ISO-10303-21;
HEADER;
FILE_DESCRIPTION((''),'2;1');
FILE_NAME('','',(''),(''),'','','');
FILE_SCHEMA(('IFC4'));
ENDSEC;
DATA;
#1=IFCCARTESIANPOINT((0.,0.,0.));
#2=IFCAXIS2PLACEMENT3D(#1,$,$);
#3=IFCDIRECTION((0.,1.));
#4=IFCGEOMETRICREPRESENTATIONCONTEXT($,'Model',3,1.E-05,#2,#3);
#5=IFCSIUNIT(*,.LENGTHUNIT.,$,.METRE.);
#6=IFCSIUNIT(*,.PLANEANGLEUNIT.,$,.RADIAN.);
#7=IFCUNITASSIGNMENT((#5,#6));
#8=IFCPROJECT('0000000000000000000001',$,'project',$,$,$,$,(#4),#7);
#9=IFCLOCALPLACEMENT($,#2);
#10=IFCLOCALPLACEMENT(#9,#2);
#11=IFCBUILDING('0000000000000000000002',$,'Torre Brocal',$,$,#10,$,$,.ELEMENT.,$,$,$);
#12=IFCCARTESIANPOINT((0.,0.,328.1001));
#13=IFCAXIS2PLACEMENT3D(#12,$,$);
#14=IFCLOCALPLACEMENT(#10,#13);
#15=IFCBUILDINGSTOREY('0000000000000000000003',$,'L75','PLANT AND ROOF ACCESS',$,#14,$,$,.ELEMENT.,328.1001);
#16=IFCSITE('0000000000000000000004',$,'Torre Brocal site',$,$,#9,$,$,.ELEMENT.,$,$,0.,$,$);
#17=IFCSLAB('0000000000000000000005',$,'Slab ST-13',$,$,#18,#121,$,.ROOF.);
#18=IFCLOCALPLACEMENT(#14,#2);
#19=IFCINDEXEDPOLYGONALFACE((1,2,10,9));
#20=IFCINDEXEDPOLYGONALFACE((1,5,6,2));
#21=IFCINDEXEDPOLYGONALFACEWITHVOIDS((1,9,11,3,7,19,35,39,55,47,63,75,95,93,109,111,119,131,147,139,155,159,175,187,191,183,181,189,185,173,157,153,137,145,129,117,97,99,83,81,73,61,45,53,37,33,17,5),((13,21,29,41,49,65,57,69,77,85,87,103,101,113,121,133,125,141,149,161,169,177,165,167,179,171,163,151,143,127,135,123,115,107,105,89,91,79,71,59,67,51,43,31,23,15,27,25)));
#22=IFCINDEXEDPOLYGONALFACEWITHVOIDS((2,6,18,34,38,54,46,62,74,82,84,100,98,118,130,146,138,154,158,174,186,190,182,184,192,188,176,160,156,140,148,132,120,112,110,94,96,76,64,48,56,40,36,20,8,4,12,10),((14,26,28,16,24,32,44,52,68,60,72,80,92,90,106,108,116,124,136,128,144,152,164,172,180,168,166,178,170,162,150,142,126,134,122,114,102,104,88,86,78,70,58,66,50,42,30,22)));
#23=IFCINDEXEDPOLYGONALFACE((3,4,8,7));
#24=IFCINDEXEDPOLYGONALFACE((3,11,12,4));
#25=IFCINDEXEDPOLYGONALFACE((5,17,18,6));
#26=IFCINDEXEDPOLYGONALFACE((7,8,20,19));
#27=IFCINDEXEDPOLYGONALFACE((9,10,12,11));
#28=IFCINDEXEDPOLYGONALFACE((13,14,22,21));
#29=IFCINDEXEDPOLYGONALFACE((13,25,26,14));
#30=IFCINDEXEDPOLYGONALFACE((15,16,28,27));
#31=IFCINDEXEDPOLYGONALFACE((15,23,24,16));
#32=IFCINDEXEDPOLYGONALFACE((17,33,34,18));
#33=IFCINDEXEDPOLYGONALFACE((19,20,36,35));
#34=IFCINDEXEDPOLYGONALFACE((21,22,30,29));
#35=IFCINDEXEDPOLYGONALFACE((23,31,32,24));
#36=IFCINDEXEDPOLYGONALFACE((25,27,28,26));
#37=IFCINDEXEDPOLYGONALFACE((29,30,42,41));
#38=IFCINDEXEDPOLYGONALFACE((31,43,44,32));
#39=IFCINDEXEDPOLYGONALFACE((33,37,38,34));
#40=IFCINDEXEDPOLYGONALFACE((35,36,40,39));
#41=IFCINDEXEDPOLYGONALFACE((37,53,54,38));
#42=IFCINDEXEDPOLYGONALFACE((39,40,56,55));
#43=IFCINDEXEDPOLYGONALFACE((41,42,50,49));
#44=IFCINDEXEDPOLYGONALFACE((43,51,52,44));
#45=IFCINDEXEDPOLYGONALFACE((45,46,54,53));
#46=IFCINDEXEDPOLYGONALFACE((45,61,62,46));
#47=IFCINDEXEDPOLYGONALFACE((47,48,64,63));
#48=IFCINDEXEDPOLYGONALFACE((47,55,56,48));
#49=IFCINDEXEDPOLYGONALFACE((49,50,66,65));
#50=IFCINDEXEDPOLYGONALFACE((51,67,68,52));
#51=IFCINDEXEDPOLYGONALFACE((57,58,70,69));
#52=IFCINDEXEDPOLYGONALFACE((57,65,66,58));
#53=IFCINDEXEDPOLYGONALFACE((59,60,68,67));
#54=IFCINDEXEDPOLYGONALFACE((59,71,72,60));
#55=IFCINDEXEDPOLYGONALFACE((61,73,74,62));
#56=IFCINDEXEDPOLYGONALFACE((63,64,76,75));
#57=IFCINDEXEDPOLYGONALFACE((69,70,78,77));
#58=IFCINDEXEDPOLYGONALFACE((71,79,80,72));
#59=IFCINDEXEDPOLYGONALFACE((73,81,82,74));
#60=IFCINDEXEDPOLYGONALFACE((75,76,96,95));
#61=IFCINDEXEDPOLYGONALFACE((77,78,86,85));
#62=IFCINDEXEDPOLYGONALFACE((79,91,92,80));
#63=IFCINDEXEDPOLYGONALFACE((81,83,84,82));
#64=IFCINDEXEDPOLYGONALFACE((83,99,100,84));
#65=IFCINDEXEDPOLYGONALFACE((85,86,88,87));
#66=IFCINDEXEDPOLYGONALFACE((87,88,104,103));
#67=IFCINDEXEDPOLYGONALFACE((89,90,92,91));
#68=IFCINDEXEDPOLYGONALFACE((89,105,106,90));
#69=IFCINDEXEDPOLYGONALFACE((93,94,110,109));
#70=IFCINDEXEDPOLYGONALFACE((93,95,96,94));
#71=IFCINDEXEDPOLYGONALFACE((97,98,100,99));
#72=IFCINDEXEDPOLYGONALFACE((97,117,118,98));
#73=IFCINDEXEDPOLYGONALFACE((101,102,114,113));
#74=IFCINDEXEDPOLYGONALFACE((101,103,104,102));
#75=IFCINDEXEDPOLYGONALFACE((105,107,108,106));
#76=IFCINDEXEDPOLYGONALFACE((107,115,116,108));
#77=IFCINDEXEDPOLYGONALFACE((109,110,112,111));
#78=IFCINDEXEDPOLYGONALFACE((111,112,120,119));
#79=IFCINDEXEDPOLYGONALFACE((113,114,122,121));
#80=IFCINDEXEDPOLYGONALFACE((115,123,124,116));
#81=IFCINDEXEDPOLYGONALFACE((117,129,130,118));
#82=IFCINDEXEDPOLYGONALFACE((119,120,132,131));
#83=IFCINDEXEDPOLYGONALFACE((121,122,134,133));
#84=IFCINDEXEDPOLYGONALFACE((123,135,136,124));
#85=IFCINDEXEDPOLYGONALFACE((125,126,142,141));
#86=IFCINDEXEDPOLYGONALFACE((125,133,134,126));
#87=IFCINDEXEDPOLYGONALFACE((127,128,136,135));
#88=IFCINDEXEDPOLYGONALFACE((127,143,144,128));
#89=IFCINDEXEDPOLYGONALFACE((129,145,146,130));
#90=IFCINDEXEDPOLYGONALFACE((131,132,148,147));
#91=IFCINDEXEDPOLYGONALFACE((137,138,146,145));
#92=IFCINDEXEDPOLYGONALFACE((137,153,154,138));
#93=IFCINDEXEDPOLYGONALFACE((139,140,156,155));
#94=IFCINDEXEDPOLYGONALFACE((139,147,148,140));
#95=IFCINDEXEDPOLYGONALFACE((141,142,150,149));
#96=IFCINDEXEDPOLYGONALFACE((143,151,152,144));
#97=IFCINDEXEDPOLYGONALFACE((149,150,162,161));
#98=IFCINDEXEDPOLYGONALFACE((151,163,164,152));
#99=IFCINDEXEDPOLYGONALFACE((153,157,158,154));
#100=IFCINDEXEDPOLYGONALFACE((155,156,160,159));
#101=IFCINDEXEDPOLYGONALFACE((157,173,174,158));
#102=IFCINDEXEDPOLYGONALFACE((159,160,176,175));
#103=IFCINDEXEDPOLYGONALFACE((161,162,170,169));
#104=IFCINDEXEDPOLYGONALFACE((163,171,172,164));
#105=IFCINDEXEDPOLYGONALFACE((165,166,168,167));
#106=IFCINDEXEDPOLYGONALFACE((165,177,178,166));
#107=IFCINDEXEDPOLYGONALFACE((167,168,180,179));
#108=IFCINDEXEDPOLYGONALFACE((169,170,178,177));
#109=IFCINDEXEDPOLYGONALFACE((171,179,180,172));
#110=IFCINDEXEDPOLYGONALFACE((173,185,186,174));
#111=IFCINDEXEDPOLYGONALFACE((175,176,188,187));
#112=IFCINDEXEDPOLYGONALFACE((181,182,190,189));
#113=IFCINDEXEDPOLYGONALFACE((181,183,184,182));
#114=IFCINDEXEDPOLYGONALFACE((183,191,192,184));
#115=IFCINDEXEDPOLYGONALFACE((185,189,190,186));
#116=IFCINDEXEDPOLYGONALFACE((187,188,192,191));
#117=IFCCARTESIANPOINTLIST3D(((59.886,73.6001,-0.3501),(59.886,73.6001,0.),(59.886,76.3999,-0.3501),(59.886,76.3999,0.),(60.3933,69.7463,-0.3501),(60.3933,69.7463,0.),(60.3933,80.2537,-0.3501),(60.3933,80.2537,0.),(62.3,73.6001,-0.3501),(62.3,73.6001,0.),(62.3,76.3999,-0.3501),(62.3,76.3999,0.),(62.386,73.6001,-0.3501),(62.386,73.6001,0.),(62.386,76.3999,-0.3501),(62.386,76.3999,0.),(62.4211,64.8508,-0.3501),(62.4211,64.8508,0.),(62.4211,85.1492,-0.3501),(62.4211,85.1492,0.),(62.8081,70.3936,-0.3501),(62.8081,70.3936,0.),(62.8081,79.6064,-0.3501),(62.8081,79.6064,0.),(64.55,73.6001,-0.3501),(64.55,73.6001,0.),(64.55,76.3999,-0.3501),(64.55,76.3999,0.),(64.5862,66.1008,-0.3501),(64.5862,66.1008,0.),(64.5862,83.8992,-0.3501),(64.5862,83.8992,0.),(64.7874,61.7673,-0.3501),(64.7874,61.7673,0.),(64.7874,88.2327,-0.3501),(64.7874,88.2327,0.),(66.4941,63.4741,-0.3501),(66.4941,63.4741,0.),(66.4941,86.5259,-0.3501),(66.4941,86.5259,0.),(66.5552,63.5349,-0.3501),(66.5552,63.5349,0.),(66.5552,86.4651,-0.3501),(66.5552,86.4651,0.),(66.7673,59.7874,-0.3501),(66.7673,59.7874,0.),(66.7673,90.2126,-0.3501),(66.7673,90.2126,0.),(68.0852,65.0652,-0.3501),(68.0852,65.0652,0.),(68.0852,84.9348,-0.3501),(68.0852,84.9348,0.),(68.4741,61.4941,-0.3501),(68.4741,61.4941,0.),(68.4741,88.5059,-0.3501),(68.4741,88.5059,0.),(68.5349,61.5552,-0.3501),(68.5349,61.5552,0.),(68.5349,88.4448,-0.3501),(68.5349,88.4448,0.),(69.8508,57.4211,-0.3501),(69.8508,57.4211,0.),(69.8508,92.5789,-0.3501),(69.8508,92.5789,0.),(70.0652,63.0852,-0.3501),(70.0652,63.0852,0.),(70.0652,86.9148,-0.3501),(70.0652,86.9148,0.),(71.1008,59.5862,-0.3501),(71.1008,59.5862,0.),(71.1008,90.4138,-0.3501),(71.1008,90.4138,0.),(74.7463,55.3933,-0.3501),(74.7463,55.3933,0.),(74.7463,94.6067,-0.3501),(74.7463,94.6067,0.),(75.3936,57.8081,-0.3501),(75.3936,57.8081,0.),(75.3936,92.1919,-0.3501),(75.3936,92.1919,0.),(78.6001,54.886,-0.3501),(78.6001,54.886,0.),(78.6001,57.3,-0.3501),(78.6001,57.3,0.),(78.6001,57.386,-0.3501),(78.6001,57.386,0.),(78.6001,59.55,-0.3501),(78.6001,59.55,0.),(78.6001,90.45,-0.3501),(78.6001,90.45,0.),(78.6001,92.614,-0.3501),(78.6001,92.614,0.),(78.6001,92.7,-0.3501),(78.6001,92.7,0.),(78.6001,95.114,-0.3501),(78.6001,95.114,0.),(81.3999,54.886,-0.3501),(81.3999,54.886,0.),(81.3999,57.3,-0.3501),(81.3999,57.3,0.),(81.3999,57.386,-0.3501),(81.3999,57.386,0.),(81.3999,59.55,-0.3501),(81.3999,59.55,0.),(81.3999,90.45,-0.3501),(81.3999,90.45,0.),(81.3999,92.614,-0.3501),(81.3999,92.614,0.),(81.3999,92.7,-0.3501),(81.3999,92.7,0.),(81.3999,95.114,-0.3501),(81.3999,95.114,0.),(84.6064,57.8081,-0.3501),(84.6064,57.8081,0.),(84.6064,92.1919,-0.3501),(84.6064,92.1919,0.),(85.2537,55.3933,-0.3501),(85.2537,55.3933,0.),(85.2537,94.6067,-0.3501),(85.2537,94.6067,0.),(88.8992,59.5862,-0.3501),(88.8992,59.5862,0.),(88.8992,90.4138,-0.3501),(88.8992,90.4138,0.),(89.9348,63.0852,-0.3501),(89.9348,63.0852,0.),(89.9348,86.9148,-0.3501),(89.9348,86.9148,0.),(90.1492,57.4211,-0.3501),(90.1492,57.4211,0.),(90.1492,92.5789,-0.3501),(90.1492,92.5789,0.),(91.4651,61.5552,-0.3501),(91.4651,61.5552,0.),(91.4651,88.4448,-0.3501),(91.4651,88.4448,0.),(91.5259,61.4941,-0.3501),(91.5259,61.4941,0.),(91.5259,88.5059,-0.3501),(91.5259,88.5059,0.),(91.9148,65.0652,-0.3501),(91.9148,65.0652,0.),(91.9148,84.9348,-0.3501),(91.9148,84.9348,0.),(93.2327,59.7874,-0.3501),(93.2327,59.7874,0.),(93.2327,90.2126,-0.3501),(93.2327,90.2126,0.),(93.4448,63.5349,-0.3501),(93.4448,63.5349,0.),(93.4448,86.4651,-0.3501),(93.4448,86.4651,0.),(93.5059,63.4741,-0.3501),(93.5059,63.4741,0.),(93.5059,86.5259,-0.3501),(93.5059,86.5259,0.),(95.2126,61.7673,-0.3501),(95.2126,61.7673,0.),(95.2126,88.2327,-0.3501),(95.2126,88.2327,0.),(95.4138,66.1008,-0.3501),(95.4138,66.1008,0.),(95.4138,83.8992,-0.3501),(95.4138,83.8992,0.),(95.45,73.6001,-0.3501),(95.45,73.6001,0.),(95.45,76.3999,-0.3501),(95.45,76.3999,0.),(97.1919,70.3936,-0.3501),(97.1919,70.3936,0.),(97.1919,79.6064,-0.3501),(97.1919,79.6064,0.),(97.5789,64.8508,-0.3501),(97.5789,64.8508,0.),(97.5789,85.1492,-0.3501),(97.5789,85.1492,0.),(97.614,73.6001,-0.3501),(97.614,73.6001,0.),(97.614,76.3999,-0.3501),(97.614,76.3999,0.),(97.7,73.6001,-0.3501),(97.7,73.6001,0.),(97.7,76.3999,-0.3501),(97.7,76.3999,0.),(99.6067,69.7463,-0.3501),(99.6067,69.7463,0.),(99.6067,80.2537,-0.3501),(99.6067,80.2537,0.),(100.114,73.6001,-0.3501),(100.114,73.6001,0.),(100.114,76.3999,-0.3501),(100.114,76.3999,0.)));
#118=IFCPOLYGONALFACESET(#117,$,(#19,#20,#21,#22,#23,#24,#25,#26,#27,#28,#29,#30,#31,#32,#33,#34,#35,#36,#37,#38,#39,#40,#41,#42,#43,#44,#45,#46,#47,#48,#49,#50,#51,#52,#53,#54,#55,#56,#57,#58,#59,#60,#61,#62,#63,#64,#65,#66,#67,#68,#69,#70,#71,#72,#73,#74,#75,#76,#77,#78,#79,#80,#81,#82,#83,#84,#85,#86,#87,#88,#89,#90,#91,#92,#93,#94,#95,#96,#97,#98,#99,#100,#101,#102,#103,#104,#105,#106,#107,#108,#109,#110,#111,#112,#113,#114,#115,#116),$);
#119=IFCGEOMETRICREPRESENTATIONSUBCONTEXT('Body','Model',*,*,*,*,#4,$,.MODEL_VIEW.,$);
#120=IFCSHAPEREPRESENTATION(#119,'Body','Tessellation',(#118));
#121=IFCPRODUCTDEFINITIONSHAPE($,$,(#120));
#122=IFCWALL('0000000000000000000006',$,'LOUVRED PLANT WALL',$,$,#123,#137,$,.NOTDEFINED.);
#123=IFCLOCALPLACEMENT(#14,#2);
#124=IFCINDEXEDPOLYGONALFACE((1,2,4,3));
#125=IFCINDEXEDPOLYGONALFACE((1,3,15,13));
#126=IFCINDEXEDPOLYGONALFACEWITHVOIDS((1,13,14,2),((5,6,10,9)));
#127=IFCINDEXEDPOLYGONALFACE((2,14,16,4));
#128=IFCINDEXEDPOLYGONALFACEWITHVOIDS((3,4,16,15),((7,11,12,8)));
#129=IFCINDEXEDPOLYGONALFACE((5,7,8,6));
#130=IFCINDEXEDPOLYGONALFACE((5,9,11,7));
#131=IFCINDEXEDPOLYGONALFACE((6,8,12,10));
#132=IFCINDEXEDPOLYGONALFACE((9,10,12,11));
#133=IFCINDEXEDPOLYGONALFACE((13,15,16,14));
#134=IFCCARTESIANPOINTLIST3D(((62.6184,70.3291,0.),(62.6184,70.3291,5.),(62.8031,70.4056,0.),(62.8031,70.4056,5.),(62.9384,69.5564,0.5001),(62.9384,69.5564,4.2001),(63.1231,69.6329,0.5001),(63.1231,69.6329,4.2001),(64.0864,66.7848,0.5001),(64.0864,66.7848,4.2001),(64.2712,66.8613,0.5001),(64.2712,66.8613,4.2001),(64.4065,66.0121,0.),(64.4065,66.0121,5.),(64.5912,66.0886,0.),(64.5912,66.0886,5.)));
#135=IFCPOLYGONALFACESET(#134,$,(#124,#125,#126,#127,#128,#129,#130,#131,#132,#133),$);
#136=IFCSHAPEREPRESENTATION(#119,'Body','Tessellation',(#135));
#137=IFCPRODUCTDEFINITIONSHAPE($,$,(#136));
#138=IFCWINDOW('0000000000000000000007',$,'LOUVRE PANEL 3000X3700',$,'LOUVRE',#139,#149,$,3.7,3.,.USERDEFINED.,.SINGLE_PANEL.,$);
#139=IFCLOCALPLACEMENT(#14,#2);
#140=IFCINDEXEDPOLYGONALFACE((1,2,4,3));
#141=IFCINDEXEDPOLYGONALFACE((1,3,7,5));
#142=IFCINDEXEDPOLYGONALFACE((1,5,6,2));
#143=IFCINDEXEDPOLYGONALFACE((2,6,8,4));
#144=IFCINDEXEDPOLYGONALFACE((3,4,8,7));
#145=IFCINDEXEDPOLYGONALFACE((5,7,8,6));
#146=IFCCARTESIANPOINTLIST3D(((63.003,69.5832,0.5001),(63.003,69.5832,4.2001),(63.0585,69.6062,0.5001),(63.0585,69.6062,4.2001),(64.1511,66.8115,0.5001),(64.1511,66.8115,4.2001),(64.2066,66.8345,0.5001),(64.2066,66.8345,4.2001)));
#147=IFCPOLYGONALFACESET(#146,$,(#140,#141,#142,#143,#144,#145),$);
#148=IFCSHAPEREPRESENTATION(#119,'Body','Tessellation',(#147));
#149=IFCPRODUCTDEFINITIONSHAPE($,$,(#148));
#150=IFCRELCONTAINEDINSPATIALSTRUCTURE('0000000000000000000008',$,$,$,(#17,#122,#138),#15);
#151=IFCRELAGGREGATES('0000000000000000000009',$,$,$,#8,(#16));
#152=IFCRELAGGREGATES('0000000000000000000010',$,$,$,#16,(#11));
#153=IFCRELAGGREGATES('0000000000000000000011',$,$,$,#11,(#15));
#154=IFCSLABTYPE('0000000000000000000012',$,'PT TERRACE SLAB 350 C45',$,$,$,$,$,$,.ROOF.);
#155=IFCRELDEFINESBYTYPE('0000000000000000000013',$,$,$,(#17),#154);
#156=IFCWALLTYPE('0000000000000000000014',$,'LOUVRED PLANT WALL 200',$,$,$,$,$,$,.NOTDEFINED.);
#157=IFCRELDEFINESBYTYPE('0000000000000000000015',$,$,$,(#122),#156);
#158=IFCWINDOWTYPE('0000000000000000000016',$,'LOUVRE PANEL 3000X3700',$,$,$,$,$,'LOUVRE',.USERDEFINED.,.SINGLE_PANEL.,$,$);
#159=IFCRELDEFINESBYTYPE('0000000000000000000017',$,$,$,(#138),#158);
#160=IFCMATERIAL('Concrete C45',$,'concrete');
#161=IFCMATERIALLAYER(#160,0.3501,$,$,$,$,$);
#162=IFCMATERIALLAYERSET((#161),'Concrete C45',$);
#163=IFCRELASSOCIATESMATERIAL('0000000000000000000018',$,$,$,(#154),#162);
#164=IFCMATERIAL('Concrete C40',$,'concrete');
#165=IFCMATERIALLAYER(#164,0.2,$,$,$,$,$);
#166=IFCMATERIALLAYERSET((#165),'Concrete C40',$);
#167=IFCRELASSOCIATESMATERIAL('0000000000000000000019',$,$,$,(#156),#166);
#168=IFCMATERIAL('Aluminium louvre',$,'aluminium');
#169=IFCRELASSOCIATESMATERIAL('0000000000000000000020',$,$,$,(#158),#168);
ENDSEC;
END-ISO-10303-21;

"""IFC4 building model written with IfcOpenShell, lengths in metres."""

from ifc_helpers import new_model, si_unit, direction, frame, frame_2d, origin, place, context, subcontext, project, spatial, polyline, rectangle, outline, extrude, material, layer, layer_set, type_object, element, fill, save


model = new_model("IFC4")

# Units and contexts
model_context = context("Model", 3, precision=1e-05, world=origin(), true_north=direction((0.0, 1.0)))
body_context = subcontext(model_context, "Body", "Model", "MODEL_VIEW")
ifc_project = project(units=[si_unit("LENGTHUNIT", "METRE"), si_unit("PLANEANGLEUNIT", "RADIAN")], contexts=[model_context])

# Site, building, storey
site_placement = place(None, origin())
site = spatial("IfcSite", under=ifc_project, at=site_placement, Name="Torre Brocal site", CompositionType="ELEMENT", RefElevation=0.0)
building_placement = place(site_placement, origin())
building = spatial("IfcBuilding", under=site, at=building_placement, Name="Torre Brocal", CompositionType="ELEMENT")
storey_placement = place(building_placement, frame((0.0, 0.0, 328.1001)))
storey = spatial("IfcBuildingStorey", under=building, at=storey_placement, Name="L75", Description="PLANT AND ROOF ACCESS", CompositionType="ELEMENT", Elevation=328.1001)

# Slab
ifc_material_1 = material(Name="Concrete C45", Category="concrete")
ifc_layer_1 = layer(ifc_material_1, 0.3501)
ifc_layer_set_1 = layer_set([ifc_layer_1], Name="Concrete C45")
slab_type_1 = type_object("IfcSlabType", Name="PT TERRACE SLAB 350 C45", PredefinedType="ROOF", material=ifc_layer_set_1)
slab_1_placement = place(storey_placement, frame((0.0, 0.0, -0.3501)))
element("IfcSlab", 1, at=slab_1_placement, inside=storey, type_object=slab_type_1, Name="Slab ST-13", PredefinedType="ROOF", context=body_context, shape_type="SweptSolid", body=[
    extrude(outline(polyline([(97.7, 76.3999), (97.7, 73.6001), (100.114, 73.6001), (99.6067, 69.7463), (97.5789, 64.8508), (95.2126, 61.7673), (93.5059, 63.4741), (91.5259, 61.4941), (93.2327, 59.7874), (90.1492, 57.4211), (85.2537, 55.3933), (81.3999, 54.886), (81.3999, 57.3), (78.6001, 57.3), (78.6001, 54.886), (74.7463, 55.3933), (69.8508, 57.4211), (66.7673, 59.7874), (68.4741, 61.4941), (66.4941, 63.4741), (64.7874, 61.7673), (62.4211, 64.8508), (60.3933, 69.7463), (59.886, 73.6001), (62.3, 73.6001), (62.3, 76.3999), (59.886, 76.3999), (60.3933, 80.2537), (62.4211, 85.1492), (64.7874, 88.2327), (66.4941, 86.5259), (68.4741, 88.5059), (66.7673, 90.2126), (69.8508, 92.5789), (74.7463, 94.6067), (78.6001, 95.114), (78.6001, 92.7), (81.3999, 92.7), (81.3999, 95.114), (85.2537, 94.6067), (90.1492, 92.5789), (93.2327, 90.2126), (91.5259, 88.5059), (93.5059, 86.5259), (95.2126, 88.2327), (97.5789, 85.1492), (99.6067, 80.2537), (100.114, 76.3999), (97.7, 76.3999)]), holes=[polyline([(89.9348, 86.9148), (91.4651, 88.4448), (88.8992, 90.4138), (84.6064, 92.1919), (81.3999, 92.614), (81.3999, 90.45), (78.6001, 90.45), (78.6001, 92.614), (75.3936, 92.1919), (71.1008, 90.4138), (68.5349, 88.4448), (70.0652, 86.9148), (68.0852, 84.9348), (66.5552, 86.4651), (64.5862, 83.8992), (62.8081, 79.6064), (62.386, 76.3999), (64.55, 76.3999), (64.55, 73.6001), (62.386, 73.6001), (62.8081, 70.3936), (64.5862, 66.1008), (66.5552, 63.5349), (68.0852, 65.0652), (70.0652, 63.0852), (68.5349, 61.5552), (71.1008, 59.5862), (75.3936, 57.8081), (78.6001, 57.386), (78.6001, 59.55), (81.3999, 59.55), (81.3999, 57.386), (84.6064, 57.8081), (88.8992, 59.5862), (91.4651, 61.5552), (89.9348, 63.0852), (91.9148, 65.0652), (93.4448, 63.5349), (95.4138, 66.1008), (97.1919, 70.3936), (97.614, 73.6001), (95.45, 73.6001), (95.45, 76.3999), (97.614, 76.3999), (97.1919, 79.6064), (95.4138, 83.8992), (93.4448, 86.4651), (91.9148, 84.9348), (89.9348, 86.9148)])]), origin(), (0.0, 0.0, 1.0), 0.3501),
])

# Wall, opening, window
ifc_material_2 = material(Name="Concrete C40", Category="concrete")
ifc_layer_2 = layer(ifc_material_2, 0.2)
ifc_layer_set_2 = layer_set([ifc_layer_2], Name="Concrete C40")
wall_type_1 = type_object("IfcWallType", Name="LOUVRED PLANT WALL 200", PredefinedType="NOTDEFINED", material=ifc_layer_set_2)
wall_1_placement = place(storey_placement, frame((62.7107, 70.3674, 0.0), z_axis=(0.0, 0.0, 1.0), x_axis=(0.382678, -0.923882, 0.0)))
wall_1 = element("IfcWall", 2, at=wall_1_placement, inside=storey, type_object=wall_type_1, Name="LOUVRED PLANT WALL", PredefinedType="NOTDEFINED", context=body_context, shape_type="SweptSolid", body=[
    extrude(rectangle(XDim=4.6726, YDim=0.2, at=frame_2d((2.3364, 0.0))), origin(), (0.0, 0.0, 1.0), 5.0),
])
opening_1_placement = place(wall_1_placement, frame((0.8364, 0.0, 0.5)))
opening_1 = element("IfcOpeningElement", 3, at=opening_1_placement, cuts=wall_1, PredefinedType="OPENING", context=body_context, shape_type="SweptSolid", body=[
    extrude(rectangle(XDim=3.0, YDim=3.7, at=frame_2d((1.5, 1.8501))), frame((0.0, 0.1099, 0.0), z_axis=(0.0, -1.0, 0.0), x_axis=(1.0, 0.0, 0.0)), (0.0, 0.0, 1.0), 0.22),
])
ifc_material_3 = material(Name="Aluminium louvre", Category="aluminium")
window_type_1 = type_object("IfcWindowType", Name="LOUVRE PANEL 3000X3700", ElementType="LOUVRE", PartitioningType="SINGLE_PANEL", PredefinedType="USERDEFINED", material=ifc_material_3)
window_1_placement = place(opening_1_placement, origin())
window_1 = element("IfcWindow", 4, at=window_1_placement, inside=storey, type_object=window_type_1, Name="LOUVRE PANEL 3000X3700", ObjectType="LOUVRE", OverallHeight=3.7, OverallWidth=3.0, PartitioningType="SINGLE_PANEL", PredefinedType="USERDEFINED", context=body_context, shape_type="SweptSolid", body=[
    extrude(rectangle(XDim=3.0, YDim=3.7, at=frame_2d((1.5, 1.8501))), frame((0.0, 0.03, 0.0), z_axis=(0.0, -1.0, 0.0), x_axis=(1.0, 0.0, 0.0)), (0.0, 0.0, 1.0), 0.0601),
])
fill(opening_1, window_1)

save(model, "model.ifc")
